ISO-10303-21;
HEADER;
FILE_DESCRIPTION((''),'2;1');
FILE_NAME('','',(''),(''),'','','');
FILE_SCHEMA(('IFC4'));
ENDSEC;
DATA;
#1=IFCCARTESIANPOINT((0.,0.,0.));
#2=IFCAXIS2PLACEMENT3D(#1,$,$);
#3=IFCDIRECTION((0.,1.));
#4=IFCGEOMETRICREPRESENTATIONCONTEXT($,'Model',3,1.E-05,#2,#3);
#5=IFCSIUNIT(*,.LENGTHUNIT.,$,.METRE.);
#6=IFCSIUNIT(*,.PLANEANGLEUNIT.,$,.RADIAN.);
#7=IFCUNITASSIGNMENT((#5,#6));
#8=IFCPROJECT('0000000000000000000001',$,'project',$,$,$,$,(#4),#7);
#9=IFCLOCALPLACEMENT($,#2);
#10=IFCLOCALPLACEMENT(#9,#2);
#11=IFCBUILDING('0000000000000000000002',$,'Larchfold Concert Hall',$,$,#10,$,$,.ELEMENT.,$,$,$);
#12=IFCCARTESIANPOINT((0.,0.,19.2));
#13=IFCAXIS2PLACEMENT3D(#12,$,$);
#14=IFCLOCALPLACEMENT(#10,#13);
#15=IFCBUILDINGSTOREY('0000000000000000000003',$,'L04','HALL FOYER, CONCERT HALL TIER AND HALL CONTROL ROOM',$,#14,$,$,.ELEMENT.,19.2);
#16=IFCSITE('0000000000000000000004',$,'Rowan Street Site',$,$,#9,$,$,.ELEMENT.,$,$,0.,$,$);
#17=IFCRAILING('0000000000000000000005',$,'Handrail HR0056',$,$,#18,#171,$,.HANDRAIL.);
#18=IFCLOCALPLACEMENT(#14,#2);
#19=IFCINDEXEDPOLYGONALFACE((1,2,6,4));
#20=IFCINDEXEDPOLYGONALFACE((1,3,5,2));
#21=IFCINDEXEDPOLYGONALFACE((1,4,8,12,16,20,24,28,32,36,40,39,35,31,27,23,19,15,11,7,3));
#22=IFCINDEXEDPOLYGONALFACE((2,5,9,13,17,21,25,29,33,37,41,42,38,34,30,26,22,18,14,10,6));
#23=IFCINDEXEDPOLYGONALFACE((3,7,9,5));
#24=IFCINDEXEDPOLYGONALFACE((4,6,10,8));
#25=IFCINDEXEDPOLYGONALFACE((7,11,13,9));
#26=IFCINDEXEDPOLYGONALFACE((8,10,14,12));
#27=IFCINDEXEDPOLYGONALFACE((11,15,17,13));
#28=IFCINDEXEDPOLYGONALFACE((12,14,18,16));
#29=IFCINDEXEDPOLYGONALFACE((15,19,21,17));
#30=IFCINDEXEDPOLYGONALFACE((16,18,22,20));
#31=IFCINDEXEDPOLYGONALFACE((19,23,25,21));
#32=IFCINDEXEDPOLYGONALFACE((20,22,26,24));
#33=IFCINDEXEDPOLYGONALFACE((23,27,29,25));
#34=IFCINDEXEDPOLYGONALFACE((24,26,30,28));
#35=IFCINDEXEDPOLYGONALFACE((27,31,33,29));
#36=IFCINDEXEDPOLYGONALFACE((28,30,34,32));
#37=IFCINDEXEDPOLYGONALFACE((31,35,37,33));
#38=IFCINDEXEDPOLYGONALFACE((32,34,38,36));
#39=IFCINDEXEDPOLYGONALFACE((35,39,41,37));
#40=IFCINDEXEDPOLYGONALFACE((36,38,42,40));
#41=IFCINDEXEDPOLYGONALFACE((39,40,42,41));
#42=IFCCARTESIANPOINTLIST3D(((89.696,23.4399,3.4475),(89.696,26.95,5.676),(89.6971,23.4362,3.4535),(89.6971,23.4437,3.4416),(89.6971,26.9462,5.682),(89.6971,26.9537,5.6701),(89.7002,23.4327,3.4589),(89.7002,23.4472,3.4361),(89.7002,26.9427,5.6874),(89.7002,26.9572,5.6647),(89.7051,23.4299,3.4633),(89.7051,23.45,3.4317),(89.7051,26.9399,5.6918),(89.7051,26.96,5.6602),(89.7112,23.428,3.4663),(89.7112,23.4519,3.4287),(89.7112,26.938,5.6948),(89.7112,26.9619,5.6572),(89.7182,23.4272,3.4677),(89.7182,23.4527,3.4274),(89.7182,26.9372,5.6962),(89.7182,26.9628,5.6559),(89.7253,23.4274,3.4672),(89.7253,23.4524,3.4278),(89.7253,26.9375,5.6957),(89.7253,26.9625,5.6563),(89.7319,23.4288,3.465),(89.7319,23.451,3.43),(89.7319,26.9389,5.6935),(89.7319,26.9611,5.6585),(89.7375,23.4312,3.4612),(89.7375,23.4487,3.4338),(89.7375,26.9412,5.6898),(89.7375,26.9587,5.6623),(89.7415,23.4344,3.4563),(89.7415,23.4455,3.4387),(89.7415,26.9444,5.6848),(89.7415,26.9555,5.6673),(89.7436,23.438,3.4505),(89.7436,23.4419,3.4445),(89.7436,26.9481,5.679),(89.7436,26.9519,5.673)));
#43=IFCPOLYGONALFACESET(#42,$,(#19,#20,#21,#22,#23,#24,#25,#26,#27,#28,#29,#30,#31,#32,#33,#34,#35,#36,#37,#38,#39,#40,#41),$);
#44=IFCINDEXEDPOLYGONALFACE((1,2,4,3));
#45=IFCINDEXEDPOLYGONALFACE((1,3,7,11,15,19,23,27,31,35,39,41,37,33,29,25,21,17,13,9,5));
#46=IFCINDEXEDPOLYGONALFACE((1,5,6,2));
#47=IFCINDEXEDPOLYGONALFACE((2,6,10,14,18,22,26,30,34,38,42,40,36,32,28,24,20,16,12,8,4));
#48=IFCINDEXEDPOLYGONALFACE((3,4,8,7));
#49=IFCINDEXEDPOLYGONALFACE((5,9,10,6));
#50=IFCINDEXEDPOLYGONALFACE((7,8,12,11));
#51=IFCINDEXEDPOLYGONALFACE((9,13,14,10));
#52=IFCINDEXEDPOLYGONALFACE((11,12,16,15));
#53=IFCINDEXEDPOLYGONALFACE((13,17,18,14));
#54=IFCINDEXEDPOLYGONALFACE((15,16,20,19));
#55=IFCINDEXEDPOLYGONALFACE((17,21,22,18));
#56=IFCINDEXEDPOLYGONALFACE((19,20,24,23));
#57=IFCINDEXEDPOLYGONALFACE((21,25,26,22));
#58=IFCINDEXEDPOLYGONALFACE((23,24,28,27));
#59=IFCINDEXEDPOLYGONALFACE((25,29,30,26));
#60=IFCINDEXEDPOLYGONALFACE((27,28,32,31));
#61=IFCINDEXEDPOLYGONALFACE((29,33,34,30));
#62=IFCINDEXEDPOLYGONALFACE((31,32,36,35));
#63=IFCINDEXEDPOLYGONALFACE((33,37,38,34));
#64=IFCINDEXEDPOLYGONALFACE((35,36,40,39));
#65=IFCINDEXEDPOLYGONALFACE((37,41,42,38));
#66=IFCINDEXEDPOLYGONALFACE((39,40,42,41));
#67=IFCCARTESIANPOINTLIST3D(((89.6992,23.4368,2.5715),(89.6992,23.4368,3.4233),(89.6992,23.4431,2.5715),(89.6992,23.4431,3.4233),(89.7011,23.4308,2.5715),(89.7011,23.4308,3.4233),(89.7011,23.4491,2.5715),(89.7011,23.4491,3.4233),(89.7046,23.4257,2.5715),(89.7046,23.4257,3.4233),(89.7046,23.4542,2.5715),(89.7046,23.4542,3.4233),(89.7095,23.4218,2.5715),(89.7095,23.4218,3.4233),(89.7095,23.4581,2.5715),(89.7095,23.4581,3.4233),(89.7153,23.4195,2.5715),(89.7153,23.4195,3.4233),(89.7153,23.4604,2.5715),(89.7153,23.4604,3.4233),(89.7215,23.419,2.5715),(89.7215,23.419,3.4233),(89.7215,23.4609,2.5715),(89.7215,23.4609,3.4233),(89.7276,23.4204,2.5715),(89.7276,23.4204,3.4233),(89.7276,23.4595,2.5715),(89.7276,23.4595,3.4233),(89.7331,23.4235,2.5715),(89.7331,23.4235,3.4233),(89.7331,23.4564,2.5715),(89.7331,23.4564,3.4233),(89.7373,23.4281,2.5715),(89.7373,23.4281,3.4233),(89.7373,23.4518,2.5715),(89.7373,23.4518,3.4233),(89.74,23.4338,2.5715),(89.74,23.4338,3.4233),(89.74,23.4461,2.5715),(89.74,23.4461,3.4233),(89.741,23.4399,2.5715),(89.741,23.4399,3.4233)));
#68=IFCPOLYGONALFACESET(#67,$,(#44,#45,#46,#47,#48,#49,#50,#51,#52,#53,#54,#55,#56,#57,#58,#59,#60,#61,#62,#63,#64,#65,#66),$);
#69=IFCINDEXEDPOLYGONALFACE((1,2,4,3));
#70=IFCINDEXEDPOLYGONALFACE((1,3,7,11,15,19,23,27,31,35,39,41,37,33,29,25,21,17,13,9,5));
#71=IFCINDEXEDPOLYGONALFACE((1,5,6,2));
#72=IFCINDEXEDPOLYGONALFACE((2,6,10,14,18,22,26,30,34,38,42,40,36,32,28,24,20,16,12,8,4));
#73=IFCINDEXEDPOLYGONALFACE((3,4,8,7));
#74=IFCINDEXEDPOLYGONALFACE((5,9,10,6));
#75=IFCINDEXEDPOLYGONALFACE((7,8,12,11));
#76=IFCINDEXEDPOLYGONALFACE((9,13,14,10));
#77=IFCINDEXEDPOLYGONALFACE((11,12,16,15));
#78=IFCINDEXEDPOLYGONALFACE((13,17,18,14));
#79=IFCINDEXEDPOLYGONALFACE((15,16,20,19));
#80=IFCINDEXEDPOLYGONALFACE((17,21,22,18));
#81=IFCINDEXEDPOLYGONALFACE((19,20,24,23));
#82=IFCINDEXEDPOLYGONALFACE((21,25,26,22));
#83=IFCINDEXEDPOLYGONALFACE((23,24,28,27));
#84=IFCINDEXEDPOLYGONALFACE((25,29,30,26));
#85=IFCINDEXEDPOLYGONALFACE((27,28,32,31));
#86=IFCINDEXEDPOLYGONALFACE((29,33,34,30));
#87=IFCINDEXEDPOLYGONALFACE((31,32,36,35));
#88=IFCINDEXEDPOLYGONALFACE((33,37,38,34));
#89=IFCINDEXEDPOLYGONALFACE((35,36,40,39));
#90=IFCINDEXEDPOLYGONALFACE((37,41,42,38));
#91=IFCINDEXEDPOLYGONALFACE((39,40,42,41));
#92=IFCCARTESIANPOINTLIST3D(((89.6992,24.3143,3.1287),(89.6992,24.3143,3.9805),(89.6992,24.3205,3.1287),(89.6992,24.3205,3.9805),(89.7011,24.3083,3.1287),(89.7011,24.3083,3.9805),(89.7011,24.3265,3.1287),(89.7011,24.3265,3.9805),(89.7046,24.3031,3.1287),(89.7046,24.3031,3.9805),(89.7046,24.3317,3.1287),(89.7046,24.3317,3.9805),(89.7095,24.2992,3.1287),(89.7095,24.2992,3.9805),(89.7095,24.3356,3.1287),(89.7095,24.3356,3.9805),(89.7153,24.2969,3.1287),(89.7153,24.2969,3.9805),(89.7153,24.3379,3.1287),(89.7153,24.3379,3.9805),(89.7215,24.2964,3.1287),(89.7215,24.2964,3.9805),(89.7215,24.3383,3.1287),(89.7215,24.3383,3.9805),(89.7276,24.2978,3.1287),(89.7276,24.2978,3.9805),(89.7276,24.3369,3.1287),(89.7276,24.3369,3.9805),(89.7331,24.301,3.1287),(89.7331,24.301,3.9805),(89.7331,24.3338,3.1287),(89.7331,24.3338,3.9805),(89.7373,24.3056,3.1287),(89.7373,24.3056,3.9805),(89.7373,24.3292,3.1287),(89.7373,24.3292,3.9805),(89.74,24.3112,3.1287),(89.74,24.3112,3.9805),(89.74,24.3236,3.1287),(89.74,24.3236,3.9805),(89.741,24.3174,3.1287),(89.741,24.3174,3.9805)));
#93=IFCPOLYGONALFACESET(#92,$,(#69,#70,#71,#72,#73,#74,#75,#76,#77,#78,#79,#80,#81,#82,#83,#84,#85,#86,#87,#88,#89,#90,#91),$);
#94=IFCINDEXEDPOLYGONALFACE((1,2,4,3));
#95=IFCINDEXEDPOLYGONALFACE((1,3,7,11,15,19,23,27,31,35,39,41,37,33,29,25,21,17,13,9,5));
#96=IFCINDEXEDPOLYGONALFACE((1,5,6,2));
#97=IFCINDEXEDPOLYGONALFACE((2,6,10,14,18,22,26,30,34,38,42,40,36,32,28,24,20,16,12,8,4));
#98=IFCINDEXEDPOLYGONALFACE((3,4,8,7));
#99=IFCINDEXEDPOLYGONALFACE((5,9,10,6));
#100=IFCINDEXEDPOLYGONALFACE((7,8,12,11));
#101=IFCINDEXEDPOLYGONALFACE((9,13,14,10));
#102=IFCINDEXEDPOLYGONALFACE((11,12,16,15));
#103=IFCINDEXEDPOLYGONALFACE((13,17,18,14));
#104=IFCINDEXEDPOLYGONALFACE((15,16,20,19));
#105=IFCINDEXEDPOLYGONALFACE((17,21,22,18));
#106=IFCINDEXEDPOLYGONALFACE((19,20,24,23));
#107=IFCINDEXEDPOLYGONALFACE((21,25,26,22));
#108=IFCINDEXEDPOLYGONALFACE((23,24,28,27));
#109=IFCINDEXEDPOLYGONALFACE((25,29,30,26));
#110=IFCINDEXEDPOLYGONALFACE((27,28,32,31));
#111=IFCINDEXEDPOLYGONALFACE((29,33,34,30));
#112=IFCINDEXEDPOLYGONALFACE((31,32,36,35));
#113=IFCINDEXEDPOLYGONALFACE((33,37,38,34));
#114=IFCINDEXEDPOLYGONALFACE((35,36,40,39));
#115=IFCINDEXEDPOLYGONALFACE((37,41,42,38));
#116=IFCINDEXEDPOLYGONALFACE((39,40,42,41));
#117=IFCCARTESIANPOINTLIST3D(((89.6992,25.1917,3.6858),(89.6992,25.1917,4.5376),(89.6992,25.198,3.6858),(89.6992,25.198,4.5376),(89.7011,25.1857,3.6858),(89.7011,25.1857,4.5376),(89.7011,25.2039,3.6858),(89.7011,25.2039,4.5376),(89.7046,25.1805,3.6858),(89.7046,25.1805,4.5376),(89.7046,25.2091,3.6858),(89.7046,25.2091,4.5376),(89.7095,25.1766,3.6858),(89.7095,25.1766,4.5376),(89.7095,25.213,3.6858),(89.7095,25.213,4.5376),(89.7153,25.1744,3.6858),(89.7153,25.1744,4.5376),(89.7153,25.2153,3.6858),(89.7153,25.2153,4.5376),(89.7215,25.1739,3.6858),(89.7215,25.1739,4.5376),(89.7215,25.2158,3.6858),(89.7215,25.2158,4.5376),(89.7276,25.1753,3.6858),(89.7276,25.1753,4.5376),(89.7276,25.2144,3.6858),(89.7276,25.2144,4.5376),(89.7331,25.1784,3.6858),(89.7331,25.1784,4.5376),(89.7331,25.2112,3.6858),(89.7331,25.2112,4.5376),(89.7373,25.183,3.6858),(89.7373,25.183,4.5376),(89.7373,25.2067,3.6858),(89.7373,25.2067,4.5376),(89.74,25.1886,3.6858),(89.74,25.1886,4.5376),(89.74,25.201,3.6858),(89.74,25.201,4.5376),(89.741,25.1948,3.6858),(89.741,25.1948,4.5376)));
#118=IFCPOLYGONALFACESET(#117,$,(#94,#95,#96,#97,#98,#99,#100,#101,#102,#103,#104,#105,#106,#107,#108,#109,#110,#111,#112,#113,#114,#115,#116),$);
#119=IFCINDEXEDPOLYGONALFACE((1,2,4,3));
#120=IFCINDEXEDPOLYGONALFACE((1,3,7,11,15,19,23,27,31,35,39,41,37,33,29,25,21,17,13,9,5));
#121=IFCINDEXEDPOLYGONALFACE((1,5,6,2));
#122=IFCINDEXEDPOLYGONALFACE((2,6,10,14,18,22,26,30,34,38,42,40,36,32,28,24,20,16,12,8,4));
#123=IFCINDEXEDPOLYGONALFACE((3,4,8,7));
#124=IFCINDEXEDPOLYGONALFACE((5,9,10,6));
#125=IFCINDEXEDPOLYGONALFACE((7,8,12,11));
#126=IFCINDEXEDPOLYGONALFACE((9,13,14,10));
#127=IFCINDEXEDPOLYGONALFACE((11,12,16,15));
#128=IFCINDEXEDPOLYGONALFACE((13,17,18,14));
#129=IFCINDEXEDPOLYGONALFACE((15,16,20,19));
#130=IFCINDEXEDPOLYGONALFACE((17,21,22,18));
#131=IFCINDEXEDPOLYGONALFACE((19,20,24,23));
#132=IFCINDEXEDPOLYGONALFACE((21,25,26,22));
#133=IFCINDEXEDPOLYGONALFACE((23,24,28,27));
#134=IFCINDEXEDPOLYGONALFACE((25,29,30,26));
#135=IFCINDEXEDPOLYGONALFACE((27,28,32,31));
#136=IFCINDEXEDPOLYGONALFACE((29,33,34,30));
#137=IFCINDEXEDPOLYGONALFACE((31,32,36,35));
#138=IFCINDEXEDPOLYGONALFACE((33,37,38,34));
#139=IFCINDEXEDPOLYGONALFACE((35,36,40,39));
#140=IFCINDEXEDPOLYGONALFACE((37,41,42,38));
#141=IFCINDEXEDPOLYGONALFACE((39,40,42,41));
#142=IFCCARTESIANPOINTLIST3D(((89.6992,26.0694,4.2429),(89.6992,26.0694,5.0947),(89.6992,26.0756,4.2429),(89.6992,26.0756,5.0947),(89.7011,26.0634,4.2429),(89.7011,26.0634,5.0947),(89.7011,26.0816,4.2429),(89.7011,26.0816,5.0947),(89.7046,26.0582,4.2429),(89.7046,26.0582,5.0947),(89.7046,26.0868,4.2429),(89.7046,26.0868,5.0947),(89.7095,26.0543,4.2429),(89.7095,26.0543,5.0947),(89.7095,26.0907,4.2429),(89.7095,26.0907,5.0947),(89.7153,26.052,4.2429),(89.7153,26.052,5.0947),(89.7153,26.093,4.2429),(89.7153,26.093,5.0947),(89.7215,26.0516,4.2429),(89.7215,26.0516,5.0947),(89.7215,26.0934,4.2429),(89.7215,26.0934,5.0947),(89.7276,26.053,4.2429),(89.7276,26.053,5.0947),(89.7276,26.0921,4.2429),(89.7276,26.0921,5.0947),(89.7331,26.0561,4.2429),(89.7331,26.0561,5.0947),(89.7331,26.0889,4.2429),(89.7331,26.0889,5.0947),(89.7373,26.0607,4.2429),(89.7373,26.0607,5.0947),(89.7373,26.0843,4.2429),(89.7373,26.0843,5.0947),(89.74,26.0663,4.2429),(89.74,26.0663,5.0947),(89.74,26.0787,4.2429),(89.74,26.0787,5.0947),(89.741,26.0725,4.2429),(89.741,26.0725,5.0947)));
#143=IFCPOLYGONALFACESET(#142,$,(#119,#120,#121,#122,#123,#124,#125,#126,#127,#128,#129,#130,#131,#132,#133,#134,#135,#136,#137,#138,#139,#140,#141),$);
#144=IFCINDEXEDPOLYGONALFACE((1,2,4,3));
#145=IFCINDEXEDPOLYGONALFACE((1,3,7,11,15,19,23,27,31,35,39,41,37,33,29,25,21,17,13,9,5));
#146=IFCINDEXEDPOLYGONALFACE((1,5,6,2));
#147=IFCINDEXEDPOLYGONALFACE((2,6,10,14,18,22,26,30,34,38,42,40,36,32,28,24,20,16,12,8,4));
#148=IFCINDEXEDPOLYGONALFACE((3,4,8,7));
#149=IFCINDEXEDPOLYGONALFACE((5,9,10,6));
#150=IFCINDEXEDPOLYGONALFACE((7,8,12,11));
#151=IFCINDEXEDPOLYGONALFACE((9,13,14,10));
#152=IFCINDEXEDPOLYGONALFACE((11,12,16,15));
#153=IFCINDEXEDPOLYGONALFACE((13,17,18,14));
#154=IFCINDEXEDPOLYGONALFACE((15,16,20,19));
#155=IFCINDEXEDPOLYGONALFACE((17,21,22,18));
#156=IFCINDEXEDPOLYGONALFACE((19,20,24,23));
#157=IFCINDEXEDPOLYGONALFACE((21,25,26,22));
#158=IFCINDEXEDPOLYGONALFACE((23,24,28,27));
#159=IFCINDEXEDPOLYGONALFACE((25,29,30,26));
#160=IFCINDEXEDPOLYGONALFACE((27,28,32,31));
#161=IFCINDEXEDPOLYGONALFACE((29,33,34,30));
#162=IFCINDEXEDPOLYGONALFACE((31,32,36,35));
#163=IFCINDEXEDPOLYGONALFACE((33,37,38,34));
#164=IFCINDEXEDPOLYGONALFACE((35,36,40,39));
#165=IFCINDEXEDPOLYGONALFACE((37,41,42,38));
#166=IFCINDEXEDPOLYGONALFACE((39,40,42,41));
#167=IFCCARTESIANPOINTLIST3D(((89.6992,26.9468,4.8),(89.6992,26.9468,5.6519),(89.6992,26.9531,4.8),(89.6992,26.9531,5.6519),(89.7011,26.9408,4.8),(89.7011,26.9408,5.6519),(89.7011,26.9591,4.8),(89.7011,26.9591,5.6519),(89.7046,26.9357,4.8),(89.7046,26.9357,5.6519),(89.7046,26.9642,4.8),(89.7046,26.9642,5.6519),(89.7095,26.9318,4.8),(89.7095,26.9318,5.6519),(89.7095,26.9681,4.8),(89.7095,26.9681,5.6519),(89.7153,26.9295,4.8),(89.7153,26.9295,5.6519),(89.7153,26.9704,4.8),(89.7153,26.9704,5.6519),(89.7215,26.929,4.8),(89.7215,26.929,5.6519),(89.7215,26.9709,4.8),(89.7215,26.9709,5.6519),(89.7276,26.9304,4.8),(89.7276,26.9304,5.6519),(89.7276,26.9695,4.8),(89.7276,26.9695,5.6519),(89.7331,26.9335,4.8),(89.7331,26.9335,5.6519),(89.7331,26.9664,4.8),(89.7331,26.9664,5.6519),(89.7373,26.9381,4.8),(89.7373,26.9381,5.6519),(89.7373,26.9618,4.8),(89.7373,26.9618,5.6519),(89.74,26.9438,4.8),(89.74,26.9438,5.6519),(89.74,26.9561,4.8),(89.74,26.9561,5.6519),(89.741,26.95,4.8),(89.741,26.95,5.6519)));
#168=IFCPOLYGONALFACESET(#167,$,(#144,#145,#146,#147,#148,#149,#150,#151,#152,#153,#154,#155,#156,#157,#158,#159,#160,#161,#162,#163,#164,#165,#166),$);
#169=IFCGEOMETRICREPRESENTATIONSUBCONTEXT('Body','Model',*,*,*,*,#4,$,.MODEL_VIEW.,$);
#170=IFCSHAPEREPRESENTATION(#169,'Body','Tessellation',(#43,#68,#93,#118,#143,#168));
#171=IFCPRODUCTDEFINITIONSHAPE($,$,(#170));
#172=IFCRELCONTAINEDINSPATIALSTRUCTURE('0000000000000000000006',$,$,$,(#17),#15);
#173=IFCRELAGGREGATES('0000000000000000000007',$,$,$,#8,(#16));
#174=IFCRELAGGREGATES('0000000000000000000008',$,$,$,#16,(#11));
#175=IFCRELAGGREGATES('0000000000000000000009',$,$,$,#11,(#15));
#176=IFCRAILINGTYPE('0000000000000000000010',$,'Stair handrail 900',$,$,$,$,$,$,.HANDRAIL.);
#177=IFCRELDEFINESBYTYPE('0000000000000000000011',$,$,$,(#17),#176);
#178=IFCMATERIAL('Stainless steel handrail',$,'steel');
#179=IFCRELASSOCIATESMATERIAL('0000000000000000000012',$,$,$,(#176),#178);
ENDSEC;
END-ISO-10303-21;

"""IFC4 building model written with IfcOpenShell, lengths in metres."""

from ifc_helpers import new_model, si_unit, direction, frame, origin, origin_2d, place, context, subcontext, project, spatial, circle, extrude, material, type_object, element, save


model = new_model("IFC4")

# Units and contexts
model_context = context("Model", 3, precision=1e-05, world=origin(), true_north=direction((0.0, 1.0)))
body_context = subcontext(model_context, "Body", "Model", "MODEL_VIEW")
ifc_project = project(units=[si_unit("LENGTHUNIT", "METRE"), si_unit("PLANEANGLEUNIT", "RADIAN")], contexts=[model_context])

# Site, building, storey
site_placement = place(None, origin())
site = spatial("IfcSite", under=ifc_project, at=site_placement, Name="Rowan Street Site", CompositionType="ELEMENT", RefElevation=0.0)
building_placement = place(site_placement, origin())
building = spatial("IfcBuilding", under=site, at=building_placement, Name="Larchfold Concert Hall", CompositionType="ELEMENT")
storey_placement = place(building_placement, frame((0.0, 0.0, 19.2)))
storey = spatial("IfcBuildingStorey", under=building, at=storey_placement, Name="L04", Description="HALL FOYER, CONCERT HALL TIER AND HALL CONTROL ROOM", CompositionType="ELEMENT", Elevation=19.2)

# Railing
ifc_material_1 = material(Name="Stainless steel handrail", Category="steel")
railing_type_1 = type_object("IfcRailingType", Name="Stair handrail 900", PredefinedType="HANDRAIL", material=ifc_material_1)
railing_1_placement = place(storey_placement, frame((89.72, 23.4399, 2.5715)))
element("IfcRailing", 1, at=railing_1_placement, inside=storey, type_object=railing_type_1, Name="Handrail HR0056", PredefinedType="HANDRAIL", context=body_context, shape_type="SweptSolid", body=[
    extrude(circle(Radius=0.0239, at=origin_2d()), frame((0.0, 0.0, 0.876), z_axis=(0.0, 0.84422, 0.535998), x_axis=(-1.0, 0.0, 0.0)), (0.0, 0.0, 1.0), 4.1577),
    extrude(circle(Radius=0.021, at=origin_2d()), origin(), (0.0, 0.0, 1.0), 0.8518),
    extrude(circle(Radius=0.021, at=origin_2d()), frame((0.0, 0.8774, 0.5571)), (0.0, 0.0, 1.0), 0.8518),
    extrude(circle(Radius=0.021, at=origin_2d()), frame((0.0, 1.7549, 1.1143)), (0.0, 0.0, 1.0), 0.8518),
    extrude(circle(Radius=0.021, at=origin_2d()), frame((0.0, 2.6326, 1.6714)), (0.0, 0.0, 1.0), 0.8518),
    extrude(circle(Radius=0.021, at=origin_2d()), frame((0.0, 3.51, 2.2285)), (0.0, 0.0, 1.0), 0.8518),
])

save(model, "model.ifc")
